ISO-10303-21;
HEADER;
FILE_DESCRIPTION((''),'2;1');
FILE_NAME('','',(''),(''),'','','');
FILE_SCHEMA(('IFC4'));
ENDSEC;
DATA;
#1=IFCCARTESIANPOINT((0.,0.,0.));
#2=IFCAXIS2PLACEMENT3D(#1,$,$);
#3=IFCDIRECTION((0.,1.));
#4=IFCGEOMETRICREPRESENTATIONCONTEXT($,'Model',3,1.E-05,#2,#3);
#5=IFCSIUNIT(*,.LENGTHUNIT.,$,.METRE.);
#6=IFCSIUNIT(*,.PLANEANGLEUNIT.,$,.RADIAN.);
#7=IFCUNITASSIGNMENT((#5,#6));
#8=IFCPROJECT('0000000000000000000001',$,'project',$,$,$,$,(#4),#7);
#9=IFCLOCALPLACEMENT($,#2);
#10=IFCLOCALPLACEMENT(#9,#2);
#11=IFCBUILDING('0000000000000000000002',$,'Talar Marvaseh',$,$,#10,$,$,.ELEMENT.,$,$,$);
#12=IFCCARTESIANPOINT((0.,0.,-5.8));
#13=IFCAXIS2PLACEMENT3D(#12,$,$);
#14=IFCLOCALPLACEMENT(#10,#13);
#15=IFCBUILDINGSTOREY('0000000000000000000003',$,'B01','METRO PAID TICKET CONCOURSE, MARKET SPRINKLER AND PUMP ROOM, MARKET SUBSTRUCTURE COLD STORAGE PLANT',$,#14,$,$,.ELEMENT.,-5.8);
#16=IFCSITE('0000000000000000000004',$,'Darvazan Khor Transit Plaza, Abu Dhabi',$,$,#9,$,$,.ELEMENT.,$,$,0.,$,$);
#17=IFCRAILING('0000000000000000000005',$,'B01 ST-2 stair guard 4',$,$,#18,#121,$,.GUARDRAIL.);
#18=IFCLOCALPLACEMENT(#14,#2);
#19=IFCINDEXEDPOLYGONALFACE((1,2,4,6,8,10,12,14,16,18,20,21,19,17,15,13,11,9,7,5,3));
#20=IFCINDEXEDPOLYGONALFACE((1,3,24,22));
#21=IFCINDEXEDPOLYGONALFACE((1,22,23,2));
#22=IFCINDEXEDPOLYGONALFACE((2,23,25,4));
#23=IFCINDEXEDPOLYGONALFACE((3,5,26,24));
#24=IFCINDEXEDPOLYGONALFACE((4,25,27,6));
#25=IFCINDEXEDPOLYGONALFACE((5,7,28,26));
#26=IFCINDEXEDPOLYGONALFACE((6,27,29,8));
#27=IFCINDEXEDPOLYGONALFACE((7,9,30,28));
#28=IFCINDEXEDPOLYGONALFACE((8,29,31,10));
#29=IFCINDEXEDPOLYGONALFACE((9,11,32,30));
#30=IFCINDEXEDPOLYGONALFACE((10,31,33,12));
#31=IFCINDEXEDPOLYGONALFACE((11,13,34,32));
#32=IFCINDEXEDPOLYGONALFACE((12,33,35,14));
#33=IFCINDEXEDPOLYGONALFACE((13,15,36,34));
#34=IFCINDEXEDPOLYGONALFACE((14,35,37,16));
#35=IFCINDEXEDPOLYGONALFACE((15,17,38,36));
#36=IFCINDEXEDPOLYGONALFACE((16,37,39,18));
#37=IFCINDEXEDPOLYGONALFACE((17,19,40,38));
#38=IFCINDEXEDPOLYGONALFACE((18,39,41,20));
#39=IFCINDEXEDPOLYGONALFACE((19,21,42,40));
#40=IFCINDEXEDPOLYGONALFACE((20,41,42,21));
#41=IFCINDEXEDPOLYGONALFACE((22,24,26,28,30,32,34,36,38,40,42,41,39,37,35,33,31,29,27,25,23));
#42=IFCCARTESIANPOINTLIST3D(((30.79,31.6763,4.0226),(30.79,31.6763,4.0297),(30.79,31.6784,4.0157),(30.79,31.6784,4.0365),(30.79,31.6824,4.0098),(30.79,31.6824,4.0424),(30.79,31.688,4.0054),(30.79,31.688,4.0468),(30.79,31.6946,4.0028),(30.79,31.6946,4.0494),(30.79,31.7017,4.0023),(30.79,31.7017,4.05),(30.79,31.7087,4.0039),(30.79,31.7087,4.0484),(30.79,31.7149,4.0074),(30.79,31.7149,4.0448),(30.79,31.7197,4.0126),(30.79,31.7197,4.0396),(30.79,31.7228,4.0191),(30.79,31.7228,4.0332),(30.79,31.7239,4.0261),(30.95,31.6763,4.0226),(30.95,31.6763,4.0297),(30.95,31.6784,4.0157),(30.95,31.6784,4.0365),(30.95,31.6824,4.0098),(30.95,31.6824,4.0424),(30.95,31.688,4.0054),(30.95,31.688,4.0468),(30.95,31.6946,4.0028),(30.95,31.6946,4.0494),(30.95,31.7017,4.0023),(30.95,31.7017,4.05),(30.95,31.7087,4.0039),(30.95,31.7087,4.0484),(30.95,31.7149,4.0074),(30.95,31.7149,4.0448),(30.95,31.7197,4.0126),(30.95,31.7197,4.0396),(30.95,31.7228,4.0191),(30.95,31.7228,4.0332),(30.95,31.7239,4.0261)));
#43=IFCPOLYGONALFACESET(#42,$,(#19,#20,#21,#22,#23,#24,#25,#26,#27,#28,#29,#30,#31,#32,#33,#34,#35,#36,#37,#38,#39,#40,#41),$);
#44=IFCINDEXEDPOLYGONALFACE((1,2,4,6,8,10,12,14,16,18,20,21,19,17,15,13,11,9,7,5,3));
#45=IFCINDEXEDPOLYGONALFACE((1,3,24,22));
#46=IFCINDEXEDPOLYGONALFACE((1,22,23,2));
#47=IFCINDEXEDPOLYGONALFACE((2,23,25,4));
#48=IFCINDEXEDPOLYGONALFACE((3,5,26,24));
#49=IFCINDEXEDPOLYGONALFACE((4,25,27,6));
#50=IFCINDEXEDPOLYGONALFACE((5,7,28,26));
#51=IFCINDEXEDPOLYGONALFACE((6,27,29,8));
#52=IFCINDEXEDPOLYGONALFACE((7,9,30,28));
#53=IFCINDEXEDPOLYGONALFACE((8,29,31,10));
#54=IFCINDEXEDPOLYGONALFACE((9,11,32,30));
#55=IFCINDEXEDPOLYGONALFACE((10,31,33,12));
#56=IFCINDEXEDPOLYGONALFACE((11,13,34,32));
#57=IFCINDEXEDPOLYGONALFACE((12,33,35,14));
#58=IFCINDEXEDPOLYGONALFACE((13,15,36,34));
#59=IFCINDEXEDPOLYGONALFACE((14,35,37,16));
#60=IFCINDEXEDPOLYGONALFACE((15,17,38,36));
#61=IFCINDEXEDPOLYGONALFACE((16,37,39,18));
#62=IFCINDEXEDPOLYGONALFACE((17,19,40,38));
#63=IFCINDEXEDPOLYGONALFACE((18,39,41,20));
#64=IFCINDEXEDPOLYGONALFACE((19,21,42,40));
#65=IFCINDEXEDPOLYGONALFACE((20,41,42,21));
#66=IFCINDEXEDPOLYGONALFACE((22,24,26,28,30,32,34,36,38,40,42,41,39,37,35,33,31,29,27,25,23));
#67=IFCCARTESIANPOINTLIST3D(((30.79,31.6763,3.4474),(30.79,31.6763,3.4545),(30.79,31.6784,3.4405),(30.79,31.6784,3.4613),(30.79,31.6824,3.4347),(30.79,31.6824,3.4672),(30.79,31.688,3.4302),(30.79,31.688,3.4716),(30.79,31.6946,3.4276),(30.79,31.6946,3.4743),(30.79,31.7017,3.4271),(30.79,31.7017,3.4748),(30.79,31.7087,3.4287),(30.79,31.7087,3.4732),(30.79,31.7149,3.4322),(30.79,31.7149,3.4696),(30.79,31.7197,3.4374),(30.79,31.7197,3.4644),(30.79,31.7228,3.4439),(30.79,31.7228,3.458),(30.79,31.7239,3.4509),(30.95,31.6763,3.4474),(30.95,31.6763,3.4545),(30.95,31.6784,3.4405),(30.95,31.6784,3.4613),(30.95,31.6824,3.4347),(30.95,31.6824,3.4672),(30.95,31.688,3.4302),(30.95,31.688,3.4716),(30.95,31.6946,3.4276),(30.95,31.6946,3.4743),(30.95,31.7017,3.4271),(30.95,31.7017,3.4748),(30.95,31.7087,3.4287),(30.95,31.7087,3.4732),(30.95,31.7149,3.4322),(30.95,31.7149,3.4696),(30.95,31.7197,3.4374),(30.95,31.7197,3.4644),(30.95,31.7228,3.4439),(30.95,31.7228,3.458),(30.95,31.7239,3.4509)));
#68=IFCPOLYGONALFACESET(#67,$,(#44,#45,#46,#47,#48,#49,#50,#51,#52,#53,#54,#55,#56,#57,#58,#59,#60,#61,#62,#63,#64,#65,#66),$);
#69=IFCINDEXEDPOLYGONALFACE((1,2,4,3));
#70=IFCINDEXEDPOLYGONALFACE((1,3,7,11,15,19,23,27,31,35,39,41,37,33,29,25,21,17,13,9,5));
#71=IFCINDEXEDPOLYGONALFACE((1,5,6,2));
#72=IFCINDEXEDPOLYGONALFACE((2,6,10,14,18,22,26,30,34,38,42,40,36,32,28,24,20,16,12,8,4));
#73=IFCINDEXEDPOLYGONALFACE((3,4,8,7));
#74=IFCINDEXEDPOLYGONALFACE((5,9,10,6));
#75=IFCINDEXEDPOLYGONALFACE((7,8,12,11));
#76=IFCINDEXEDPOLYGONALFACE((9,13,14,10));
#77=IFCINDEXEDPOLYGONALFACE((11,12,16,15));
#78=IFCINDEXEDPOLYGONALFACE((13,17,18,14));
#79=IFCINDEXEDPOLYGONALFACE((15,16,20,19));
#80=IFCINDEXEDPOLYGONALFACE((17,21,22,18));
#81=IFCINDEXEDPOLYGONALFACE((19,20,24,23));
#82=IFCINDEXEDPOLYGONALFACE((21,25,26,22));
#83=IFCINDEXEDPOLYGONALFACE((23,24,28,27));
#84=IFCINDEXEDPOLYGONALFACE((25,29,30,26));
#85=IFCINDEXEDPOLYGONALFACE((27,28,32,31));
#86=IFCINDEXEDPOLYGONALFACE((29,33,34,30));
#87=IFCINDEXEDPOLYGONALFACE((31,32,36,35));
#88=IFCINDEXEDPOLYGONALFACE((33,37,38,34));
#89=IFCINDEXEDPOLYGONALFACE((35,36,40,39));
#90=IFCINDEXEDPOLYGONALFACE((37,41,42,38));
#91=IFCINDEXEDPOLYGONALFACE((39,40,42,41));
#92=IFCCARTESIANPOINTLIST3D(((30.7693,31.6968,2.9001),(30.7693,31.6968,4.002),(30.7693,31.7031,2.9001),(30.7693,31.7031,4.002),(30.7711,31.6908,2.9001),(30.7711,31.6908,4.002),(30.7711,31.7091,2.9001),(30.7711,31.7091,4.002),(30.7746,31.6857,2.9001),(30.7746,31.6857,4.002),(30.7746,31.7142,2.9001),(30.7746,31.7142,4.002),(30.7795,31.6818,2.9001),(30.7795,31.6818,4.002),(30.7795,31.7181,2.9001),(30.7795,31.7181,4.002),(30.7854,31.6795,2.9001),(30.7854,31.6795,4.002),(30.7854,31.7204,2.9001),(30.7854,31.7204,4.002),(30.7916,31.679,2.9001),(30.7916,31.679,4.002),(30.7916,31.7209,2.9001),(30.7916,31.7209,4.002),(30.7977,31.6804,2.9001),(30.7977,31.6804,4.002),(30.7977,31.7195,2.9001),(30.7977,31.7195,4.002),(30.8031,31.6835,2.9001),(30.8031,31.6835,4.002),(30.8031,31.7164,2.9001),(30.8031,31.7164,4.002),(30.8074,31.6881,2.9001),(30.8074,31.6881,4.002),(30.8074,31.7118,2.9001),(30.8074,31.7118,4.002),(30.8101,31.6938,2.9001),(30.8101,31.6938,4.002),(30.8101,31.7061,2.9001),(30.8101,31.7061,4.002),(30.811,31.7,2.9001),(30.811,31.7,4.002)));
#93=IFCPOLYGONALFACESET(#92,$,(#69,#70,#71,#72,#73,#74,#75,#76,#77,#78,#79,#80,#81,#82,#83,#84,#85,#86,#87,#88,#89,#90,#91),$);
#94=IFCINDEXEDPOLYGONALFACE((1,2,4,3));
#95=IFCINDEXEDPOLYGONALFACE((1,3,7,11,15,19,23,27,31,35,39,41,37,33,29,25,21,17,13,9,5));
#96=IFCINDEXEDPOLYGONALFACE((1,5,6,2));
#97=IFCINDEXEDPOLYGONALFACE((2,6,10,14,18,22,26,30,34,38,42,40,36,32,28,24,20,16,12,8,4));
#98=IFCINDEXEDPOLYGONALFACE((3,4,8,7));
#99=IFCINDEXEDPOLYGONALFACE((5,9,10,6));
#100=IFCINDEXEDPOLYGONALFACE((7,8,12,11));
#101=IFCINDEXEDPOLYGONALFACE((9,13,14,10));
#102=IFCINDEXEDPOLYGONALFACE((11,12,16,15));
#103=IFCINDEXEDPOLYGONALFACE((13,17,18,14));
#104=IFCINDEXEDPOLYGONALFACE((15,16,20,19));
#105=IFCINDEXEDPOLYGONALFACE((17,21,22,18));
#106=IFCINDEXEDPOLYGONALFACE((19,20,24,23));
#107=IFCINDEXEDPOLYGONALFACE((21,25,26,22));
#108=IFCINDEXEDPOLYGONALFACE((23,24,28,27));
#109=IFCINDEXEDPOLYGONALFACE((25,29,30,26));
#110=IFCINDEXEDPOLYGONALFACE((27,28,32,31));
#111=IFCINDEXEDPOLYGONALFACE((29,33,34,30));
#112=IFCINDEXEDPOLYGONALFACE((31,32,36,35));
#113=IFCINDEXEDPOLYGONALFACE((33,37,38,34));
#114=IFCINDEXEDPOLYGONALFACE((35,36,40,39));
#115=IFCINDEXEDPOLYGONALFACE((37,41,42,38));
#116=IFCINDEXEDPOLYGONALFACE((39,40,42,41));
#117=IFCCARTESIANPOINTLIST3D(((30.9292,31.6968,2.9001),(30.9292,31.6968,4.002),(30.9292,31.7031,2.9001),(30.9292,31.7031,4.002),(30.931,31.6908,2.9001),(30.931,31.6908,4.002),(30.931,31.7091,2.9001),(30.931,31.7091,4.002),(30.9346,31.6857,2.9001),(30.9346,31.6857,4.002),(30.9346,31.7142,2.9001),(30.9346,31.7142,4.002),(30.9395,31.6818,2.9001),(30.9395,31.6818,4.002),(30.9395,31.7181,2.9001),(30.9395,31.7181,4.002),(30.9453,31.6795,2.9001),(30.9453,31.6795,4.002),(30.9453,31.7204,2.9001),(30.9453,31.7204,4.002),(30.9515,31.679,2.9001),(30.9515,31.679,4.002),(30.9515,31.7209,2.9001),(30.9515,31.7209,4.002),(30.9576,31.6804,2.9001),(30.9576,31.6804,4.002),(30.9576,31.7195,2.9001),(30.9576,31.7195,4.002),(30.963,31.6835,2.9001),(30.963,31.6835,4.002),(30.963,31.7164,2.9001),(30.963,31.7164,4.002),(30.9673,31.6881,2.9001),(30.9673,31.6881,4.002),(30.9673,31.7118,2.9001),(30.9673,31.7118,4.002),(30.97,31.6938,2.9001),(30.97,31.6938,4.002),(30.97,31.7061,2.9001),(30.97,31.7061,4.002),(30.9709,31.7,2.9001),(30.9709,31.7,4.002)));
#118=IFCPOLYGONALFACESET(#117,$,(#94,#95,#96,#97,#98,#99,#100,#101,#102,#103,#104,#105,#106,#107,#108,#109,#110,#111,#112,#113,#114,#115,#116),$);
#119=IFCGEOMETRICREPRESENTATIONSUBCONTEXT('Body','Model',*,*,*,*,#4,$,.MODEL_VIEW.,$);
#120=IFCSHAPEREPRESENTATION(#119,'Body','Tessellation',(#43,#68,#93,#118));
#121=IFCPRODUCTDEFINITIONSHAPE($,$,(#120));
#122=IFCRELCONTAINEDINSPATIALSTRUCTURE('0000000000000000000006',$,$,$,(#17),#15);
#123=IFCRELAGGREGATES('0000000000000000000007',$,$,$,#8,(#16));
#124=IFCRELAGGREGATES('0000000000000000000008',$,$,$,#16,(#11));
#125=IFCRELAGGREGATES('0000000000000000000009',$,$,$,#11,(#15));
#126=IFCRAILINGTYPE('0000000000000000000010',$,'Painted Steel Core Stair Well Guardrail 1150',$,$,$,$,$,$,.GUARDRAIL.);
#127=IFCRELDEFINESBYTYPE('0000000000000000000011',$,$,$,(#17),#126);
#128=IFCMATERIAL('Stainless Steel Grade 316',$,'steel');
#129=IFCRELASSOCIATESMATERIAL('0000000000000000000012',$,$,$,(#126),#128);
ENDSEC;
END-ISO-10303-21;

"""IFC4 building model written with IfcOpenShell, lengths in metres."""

from ifc_helpers import new_model, si_unit, direction, frame, origin, origin_2d, place, context, subcontext, project, spatial, circle, extrude, material, type_object, element, save


model = new_model("IFC4")

# Units and contexts
model_context = context("Model", 3, precision=1e-05, world=origin(), true_north=direction((0.0, 1.0)))
body_context = subcontext(model_context, "Body", "Model", "MODEL_VIEW")
ifc_project = project(units=[si_unit("LENGTHUNIT", "METRE"), si_unit("PLANEANGLEUNIT", "RADIAN")], contexts=[model_context])

# Site, building, storey
site_placement = place(None, origin())
site = spatial("IfcSite", under=ifc_project, at=site_placement, Name="Darvazan Khor Transit Plaza, Abu Dhabi", CompositionType="ELEMENT", RefElevation=0.0)
building_placement = place(site_placement, origin())
building = spatial("IfcBuilding", under=site, at=building_placement, Name="Talar Marvaseh", CompositionType="ELEMENT")
storey_placement = place(building_placement, frame((0.0, 0.0, -5.8)))
storey = spatial("IfcBuildingStorey", under=building, at=storey_placement, Name="B01", Description="METRO PAID TICKET CONCOURSE, MARKET SPRINKLER AND PUMP ROOM, MARKET SUBSTRUCTURE COLD STORAGE PLANT", CompositionType="ELEMENT", Elevation=-5.8)

# Railing
ifc_material_1 = material(Name="Stainless Steel Grade 316", Category="steel")
railing_type_1 = type_object("IfcRailingType", Name="Painted Steel Core Stair Well Guardrail 1150", PredefinedType="GUARDRAIL", material=ifc_material_1)
railing_1_placement = place(storey_placement, frame((30.79, 31.7, 2.9001)))
element("IfcRailing", 1, at=railing_1_placement, inside=storey, type_object=railing_type_1, Name="B01 ST-2 stair guard 4", PredefinedType="GUARDRAIL", context=body_context, shape_type="SweptSolid", body=[
    extrude(circle(Radius=0.0239, at=origin_2d()), frame((0.0, 0.0, 1.126), z_axis=(1.0, 0.0, 0.0), x_axis=(0.0, 1.0, 0.0)), (0.0, 0.0, 1.0), 0.1599),
    extrude(circle(Radius=0.0239, at=origin_2d()), frame((0.0, 0.0, 0.5508), z_axis=(1.0, 0.0, 0.0), x_axis=(0.0, 1.0, 0.0)), (0.0, 0.0, 1.0), 0.1599),
    extrude(circle(Radius=0.021, at=origin_2d()), origin(), (0.0, 0.0, 1.0), 1.1018),
    extrude(circle(Radius=0.021, at=origin_2d()), frame((0.1599, 0.0, 0.0)), (0.0, 0.0, 1.0), 1.1018),
])

save(model, "model.ifc")
